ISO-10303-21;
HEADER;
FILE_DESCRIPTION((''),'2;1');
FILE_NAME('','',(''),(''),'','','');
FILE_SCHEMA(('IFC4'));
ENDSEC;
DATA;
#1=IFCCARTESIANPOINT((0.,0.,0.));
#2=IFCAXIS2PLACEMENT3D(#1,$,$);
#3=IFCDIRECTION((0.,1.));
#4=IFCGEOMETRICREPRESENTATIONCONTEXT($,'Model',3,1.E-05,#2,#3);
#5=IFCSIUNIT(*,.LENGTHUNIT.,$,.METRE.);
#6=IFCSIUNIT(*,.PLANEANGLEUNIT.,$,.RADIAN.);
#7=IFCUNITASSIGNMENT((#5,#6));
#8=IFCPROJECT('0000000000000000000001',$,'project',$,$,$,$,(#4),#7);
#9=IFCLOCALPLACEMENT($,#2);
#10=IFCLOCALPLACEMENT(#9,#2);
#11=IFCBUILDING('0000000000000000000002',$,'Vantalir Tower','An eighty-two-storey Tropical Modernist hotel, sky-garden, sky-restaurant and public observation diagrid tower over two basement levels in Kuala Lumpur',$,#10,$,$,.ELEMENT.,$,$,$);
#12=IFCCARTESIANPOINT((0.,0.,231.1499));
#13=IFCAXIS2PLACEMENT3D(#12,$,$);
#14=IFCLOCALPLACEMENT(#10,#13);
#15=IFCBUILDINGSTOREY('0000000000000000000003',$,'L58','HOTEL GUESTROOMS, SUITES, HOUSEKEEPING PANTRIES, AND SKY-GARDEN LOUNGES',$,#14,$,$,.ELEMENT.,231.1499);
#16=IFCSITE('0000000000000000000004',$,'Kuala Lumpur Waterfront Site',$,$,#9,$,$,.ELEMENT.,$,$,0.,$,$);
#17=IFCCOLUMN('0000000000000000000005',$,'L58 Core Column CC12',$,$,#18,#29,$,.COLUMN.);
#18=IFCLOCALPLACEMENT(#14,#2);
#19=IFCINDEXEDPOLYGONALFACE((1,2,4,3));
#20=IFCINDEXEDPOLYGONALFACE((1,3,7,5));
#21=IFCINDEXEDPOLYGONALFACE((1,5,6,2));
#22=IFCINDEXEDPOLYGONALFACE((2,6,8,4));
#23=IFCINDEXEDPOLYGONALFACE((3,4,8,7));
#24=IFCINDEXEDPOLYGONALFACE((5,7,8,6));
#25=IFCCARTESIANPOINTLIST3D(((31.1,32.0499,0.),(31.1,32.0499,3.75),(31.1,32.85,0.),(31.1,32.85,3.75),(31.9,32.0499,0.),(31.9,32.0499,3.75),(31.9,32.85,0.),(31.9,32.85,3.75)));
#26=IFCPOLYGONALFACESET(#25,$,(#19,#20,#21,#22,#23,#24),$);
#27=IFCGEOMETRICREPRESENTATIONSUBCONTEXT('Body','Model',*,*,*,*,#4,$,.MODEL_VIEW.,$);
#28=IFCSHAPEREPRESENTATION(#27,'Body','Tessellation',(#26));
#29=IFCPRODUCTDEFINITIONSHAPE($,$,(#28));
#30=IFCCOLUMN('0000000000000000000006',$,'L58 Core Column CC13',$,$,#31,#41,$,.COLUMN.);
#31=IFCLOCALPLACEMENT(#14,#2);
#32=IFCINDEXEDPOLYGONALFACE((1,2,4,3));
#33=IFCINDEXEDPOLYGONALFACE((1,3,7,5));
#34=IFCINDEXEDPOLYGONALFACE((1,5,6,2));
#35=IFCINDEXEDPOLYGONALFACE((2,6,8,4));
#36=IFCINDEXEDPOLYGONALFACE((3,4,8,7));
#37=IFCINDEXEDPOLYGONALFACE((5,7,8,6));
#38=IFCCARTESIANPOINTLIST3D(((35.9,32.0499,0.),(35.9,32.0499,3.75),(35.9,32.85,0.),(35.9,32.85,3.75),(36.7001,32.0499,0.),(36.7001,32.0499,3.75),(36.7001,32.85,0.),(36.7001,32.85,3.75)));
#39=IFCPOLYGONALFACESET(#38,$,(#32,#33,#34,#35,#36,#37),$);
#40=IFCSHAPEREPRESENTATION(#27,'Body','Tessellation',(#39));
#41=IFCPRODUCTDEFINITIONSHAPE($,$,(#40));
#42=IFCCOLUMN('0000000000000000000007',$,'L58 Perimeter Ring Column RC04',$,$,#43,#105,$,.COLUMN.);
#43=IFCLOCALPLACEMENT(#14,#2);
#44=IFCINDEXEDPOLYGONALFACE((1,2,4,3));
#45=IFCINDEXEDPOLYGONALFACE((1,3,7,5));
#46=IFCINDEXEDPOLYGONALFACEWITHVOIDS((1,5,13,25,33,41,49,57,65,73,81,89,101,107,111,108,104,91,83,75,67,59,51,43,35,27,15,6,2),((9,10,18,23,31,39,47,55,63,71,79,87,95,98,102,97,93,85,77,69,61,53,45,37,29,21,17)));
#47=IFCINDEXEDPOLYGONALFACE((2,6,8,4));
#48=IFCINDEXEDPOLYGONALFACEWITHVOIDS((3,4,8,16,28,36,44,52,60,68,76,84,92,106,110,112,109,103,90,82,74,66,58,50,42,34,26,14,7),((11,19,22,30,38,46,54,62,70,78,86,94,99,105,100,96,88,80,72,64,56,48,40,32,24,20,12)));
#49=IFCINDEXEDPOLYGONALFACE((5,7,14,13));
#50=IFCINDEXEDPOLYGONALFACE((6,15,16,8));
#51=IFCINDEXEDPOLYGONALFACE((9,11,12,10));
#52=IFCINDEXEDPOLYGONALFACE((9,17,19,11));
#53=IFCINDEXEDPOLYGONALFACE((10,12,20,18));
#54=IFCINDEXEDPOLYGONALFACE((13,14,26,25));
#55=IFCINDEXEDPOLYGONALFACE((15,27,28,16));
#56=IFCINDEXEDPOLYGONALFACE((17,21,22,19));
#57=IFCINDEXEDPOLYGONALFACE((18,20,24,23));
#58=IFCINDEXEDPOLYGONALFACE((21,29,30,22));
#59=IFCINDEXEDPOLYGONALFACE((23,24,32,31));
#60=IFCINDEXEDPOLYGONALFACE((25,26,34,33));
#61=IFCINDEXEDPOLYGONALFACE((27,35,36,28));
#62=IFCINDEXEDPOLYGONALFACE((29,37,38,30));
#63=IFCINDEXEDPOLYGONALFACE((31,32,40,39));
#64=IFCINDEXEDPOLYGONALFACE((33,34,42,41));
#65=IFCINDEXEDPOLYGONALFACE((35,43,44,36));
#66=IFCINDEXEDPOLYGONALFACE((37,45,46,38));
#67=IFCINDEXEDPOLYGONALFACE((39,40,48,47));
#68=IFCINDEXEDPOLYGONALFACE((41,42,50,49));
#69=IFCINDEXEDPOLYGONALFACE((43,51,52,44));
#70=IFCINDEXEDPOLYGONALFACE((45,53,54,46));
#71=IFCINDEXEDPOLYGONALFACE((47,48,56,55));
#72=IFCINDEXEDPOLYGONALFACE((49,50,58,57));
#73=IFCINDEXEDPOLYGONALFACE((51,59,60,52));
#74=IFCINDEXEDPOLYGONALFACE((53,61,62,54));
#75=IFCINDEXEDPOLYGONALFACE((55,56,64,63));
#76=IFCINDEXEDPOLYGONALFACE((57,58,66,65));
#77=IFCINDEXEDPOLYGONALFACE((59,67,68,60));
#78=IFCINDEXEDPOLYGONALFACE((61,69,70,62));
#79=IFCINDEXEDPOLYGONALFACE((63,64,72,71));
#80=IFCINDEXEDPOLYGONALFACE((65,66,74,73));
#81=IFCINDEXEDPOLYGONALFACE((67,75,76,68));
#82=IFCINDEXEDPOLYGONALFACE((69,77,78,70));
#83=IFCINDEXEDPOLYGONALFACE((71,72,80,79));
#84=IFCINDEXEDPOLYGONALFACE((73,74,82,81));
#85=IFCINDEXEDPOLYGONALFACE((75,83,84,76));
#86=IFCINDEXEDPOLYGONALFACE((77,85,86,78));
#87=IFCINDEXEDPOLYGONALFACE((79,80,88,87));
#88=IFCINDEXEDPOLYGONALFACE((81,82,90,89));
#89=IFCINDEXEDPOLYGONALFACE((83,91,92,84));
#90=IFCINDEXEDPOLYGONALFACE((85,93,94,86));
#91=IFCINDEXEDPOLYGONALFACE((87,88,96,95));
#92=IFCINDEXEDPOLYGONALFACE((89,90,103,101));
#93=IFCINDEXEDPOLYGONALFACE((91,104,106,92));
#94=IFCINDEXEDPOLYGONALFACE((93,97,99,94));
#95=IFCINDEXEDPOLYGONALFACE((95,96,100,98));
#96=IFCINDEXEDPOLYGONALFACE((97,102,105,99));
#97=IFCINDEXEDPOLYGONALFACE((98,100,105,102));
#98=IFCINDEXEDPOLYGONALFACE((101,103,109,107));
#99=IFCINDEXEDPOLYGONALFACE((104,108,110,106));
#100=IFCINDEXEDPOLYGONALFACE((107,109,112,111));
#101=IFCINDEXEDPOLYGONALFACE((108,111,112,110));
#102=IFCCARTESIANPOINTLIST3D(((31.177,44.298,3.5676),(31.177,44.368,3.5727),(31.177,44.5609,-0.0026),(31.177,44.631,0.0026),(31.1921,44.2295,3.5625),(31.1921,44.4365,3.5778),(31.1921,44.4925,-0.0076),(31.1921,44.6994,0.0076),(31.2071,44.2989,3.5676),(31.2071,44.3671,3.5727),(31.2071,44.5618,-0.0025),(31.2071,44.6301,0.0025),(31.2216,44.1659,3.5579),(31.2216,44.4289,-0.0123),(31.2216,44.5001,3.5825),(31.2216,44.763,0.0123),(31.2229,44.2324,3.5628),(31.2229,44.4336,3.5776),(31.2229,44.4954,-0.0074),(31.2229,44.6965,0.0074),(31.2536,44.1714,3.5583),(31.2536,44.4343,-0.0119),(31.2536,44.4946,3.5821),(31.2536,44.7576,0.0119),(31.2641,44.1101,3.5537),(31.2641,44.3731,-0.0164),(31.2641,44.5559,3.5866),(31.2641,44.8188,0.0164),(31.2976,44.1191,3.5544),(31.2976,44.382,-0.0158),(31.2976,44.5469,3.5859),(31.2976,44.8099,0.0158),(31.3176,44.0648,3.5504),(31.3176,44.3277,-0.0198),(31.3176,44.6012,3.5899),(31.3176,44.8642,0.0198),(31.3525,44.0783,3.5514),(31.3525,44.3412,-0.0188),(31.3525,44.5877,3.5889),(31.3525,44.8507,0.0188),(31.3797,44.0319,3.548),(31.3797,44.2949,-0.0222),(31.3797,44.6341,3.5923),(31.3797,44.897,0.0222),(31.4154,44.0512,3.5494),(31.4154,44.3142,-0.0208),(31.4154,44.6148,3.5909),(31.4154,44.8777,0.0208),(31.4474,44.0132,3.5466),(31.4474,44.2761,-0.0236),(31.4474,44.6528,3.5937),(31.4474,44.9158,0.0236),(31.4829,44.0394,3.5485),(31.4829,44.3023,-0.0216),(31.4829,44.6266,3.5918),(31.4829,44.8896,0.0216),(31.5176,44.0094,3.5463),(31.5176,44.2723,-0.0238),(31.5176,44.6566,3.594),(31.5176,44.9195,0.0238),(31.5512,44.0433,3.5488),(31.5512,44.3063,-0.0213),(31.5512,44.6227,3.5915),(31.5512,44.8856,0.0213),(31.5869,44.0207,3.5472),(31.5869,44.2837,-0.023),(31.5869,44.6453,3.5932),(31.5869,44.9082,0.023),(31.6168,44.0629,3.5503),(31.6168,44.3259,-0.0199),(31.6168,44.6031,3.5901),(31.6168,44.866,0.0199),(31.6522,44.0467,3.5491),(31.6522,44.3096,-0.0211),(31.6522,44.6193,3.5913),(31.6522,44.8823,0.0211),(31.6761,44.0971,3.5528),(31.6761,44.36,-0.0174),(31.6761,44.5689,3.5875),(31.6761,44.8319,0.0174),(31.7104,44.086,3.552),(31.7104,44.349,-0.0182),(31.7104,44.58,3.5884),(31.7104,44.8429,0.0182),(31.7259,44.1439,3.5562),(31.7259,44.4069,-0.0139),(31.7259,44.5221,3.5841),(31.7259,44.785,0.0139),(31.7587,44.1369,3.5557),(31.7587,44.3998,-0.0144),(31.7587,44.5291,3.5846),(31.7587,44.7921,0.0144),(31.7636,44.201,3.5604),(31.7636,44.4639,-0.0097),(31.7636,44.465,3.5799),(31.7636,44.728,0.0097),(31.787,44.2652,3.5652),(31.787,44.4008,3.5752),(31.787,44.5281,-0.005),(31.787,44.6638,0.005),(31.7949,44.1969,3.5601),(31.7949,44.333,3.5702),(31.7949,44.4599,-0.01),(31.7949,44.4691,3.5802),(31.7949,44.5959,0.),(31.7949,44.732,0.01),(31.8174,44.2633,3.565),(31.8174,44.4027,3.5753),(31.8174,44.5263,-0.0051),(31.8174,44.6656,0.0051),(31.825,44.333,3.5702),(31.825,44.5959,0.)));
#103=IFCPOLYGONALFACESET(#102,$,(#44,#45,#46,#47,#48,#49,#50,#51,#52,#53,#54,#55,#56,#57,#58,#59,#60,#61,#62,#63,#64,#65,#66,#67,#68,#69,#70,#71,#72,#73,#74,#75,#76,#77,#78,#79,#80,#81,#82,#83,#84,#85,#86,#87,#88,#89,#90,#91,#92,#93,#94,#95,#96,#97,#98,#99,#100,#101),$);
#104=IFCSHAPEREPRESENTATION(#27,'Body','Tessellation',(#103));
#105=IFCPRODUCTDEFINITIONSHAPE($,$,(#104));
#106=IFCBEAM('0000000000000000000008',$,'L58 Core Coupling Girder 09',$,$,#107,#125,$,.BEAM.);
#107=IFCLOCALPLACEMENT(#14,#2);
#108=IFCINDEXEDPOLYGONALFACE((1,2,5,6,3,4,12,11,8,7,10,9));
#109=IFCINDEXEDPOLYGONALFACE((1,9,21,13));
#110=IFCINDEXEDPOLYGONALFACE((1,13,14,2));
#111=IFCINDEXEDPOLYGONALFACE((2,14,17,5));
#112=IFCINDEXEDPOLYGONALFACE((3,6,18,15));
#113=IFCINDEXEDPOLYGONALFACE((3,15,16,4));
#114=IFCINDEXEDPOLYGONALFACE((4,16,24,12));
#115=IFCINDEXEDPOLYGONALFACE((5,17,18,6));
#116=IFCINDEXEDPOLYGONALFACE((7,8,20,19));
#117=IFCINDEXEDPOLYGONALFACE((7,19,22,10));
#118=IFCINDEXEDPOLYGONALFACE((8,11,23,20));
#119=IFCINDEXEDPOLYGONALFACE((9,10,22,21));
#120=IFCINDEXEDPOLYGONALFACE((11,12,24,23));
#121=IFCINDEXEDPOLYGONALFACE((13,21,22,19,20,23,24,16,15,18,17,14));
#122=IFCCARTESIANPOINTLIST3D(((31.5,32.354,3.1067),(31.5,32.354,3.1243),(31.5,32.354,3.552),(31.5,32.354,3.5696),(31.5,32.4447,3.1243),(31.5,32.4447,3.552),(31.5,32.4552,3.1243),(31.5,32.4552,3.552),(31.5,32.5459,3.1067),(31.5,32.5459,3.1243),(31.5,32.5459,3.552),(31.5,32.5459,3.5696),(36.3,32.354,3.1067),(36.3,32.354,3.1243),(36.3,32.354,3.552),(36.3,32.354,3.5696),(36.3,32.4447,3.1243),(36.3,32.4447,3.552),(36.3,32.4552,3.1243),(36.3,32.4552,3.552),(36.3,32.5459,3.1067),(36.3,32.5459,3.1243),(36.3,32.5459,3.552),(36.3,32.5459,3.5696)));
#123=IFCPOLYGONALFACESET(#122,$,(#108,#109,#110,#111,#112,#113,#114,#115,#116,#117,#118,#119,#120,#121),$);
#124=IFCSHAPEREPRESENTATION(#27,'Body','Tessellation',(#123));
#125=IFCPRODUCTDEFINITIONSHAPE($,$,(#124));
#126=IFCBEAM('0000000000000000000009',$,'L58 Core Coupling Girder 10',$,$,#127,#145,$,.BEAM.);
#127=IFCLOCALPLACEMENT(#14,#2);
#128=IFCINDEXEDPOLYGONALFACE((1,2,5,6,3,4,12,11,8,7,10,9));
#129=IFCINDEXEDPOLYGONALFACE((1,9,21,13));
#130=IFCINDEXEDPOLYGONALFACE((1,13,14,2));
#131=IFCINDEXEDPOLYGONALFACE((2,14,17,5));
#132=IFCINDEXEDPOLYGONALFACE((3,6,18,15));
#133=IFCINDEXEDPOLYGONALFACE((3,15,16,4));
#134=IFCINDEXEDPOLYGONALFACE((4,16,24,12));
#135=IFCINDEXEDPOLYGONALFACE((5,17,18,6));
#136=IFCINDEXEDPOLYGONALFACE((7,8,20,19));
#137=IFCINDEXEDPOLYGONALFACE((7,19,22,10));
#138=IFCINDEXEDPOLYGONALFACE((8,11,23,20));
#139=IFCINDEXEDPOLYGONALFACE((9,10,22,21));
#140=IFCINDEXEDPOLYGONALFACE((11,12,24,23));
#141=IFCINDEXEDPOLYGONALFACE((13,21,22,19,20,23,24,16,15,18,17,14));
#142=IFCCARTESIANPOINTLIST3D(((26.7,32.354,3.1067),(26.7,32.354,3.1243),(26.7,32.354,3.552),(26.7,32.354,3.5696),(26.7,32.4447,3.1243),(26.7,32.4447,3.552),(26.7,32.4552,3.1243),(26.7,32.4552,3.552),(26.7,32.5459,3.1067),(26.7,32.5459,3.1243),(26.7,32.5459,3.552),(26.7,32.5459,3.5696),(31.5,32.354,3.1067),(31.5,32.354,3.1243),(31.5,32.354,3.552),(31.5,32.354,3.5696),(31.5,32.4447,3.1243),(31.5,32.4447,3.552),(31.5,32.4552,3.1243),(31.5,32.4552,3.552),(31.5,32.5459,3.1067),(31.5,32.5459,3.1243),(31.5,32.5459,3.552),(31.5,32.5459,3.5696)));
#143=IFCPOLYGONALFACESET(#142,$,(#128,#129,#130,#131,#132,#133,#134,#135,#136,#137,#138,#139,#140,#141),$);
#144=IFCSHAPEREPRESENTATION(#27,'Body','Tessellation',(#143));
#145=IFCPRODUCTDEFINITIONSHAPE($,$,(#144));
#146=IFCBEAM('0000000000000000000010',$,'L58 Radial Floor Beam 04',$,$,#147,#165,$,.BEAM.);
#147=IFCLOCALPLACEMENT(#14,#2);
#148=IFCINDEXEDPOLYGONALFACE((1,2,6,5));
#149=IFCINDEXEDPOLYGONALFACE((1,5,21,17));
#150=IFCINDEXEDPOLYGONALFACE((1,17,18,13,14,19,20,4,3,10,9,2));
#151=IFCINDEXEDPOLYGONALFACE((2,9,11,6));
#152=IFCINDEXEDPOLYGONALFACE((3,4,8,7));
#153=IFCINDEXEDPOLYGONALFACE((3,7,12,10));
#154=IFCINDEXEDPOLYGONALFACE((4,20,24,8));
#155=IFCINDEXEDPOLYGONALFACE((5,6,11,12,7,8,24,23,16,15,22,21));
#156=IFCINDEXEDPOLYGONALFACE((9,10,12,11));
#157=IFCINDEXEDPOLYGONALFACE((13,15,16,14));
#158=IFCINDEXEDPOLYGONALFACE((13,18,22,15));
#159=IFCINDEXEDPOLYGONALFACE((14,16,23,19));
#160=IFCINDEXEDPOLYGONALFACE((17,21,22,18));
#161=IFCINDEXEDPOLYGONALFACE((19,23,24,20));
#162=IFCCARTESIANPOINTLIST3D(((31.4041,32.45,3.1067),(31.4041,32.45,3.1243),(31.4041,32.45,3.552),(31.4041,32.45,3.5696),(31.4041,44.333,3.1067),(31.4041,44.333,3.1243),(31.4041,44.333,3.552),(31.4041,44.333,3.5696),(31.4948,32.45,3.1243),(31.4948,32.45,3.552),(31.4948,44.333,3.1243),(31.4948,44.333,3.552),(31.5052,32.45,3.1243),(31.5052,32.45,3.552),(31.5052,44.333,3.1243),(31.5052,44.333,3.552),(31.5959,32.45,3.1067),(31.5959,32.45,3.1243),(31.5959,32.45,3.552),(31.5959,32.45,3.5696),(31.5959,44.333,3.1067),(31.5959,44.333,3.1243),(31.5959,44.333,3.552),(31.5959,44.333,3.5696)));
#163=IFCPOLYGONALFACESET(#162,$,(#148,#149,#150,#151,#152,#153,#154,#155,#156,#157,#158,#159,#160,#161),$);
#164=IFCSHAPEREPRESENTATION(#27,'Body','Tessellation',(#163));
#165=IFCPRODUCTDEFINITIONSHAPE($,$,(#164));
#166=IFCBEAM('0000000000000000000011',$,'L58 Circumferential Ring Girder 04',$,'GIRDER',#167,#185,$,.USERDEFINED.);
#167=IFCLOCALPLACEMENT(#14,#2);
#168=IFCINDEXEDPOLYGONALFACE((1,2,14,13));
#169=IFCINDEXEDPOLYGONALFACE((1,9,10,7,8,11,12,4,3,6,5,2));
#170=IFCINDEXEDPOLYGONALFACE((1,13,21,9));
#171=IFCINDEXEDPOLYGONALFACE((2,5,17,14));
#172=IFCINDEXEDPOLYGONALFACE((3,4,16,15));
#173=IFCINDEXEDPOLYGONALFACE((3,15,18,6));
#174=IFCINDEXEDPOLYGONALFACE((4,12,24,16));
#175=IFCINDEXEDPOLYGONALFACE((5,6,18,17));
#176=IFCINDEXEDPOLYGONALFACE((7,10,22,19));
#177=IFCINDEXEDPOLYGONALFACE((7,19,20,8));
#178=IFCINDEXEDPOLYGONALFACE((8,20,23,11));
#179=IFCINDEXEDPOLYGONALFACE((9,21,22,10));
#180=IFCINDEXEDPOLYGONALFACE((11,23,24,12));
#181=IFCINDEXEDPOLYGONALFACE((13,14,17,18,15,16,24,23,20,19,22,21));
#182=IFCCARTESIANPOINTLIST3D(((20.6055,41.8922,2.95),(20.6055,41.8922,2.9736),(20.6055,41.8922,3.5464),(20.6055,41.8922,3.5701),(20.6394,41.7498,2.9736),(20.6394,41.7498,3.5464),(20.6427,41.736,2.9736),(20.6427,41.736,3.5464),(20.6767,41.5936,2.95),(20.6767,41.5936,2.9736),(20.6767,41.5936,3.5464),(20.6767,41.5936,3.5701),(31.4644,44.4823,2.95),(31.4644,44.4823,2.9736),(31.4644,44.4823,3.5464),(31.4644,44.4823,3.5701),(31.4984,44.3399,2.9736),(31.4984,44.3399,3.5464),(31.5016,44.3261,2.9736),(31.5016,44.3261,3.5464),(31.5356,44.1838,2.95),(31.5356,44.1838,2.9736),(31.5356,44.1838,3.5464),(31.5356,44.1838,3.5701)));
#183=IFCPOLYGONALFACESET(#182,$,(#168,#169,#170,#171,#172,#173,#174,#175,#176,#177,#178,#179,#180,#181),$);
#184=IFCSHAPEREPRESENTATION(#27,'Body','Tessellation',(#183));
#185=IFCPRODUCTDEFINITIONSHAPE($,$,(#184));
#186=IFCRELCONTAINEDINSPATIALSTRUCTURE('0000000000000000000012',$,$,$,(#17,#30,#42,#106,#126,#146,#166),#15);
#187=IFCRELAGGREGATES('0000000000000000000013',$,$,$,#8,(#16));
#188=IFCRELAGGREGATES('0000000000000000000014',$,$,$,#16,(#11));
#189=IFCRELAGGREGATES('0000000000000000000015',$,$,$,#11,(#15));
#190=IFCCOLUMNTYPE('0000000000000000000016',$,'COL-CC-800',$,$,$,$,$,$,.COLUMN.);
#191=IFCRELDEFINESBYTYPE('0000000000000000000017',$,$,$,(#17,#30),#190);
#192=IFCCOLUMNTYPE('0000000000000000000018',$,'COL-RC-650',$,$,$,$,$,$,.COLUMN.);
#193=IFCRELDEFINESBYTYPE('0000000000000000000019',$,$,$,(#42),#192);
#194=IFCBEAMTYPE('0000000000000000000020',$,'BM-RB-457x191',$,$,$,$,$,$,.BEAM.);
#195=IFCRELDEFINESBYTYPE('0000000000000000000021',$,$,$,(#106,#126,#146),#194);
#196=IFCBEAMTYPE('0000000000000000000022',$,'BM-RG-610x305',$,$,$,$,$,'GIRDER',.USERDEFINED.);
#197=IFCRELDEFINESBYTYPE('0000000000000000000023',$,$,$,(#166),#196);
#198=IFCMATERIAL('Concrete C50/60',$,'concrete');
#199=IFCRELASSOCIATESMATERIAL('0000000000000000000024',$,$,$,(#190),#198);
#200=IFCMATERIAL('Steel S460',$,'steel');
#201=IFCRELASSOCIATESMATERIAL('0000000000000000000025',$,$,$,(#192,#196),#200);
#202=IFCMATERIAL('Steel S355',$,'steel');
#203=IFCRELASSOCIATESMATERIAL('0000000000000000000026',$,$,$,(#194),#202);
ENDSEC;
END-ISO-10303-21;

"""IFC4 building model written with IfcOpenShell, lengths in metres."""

from ifc_helpers import new_model, si_unit, direction, frame, origin, origin_2d, place, context, subcontext, project, spatial, rectangle, hollow_circle, i_section, extrude, material, material_profile, profile_set, type_object, element, save


model = new_model("IFC4")

# Units and contexts
model_context = context("Model", 3, precision=1e-05, world=origin(), true_north=direction((0.0, 1.0)))
body_context = subcontext(model_context, "Body", "Model", "MODEL_VIEW")
ifc_project = project(units=[si_unit("LENGTHUNIT", "METRE"), si_unit("PLANEANGLEUNIT", "RADIAN")], contexts=[model_context])

# Site, building, storey
site_placement = place(None, origin())
site = spatial("IfcSite", under=ifc_project, at=site_placement, Name="Kuala Lumpur Waterfront Site", CompositionType="ELEMENT", RefElevation=0.0)
building_placement = place(site_placement, origin())
building = spatial("IfcBuilding", under=site, at=building_placement, Name="Vantalir Tower", Description="An eighty-two-storey Tropical Modernist hotel, sky-garden, sky-restaurant and public observation diagrid tower over two basement levels in Kuala Lumpur", CompositionType="ELEMENT")
storey_placement = place(building_placement, frame((0.0, 0.0, 231.1499)))
storey = spatial("IfcBuildingStorey", under=building, at=storey_placement, Name="L58", Description="HOTEL GUESTROOMS, SUITES, HOUSEKEEPING PANTRIES, AND SKY-GARDEN LOUNGES", CompositionType="ELEMENT", Elevation=231.1499)

# Columns
ifc_material_1 = material(Name="Concrete C50/60", Category="concrete")
ifc_material_profile_1 = material_profile(ifc_material_1, rectangle(XDim=0.8, YDim=0.8, at=origin_2d()), Name="Concrete C50/60")
ifc_profile_set_1 = profile_set([ifc_material_profile_1], Name="Concrete C50/60")
column_type_1 = type_object("IfcColumnType", Name="COL-CC-800", PredefinedType="COLUMN", material=ifc_profile_set_1)
for number, where, z_axis, x_axis, name in (
    (1, (31.5, 32.45, 0.0), (0.0, 0.0, 1.0), (1.0, 0.0, 0.0), "L58 Core Column CC12"),
    (2, (36.3, 32.45, 0.0), (0.0, 0.0, 1.0), (1.0, 0.0, 0.0), "L58 Core Column CC13"),
):
    element("IfcColumn", number, at=place(storey_placement, frame(where, z_axis=z_axis, x_axis=x_axis)), inside=storey, type_object=column_type_1, Name=name, PredefinedType="COLUMN", context=body_context, shape_type="SweptSolid", body=[
        extrude(rectangle(XDim=0.8, YDim=0.8, at=origin_2d()), origin(), (0.0, 0.0, 1.0), 3.75),
    ])
ifc_material_2 = material(Name="Steel S460", Category="steel")
ifc_material_profile_2 = material_profile(ifc_material_2, hollow_circle(Radius=0.325, WallThickness=0.03, at=origin_2d()), Name="Steel S460")
ifc_profile_set_2 = profile_set([ifc_material_profile_2], Name="Steel S460")
column_type_2 = type_object("IfcColumnType", Name="COL-RC-650", PredefinedType="COLUMN", material=ifc_profile_set_2)
column_placement = place(storey_placement, frame((31.5, 44.5959, 0.0), z_axis=(0.0, -0.073452, 0.997299), x_axis=(1.0, 0.0, 0.0)))
element("IfcColumn", 3, at=column_placement, inside=storey, type_object=column_type_2, Name="L58 Perimeter Ring Column RC04", PredefinedType="COLUMN", context=body_context, shape_type="SweptSolid", body=[
    extrude(hollow_circle(Radius=0.325, WallThickness=0.03, at=origin_2d()), origin(), (0.0, 0.0, 1.0), 3.5798),
])

# Beams
ifc_material_3 = material(Name="Steel S355", Category="steel")
ifc_material_profile_3 = material_profile(ifc_material_3, i_section(OverallWidth=0.1919, OverallDepth=0.4629, WebThickness=0.0105, FlangeThickness=0.0176, at=origin_2d()), Name="Steel S355")
ifc_profile_set_3 = profile_set([ifc_material_profile_3], Name="Steel S355")
beam_type_1 = type_object("IfcBeamType", Name="BM-RB-457x191", PredefinedType="BEAM", material=ifc_profile_set_3)
for number, where, z_axis, x_axis, name in (
    (4, (36.3, 32.45, 3.3381), (-1.0, 0.0, 0.0), (0.0, -1.0, 0.0), "L58 Core Coupling Girder 09"),
    (5, (31.5, 32.45, 3.3381), (-1.0, 0.0, 0.0), (0.0, -1.0, 0.0), "L58 Core Coupling Girder 10"),
):
    element("IfcBeam", number, at=place(storey_placement, frame(where, z_axis=z_axis, x_axis=x_axis)), inside=storey, type_object=beam_type_1, Name=name, PredefinedType="BEAM", context=body_context, shape_type="SweptSolid", body=[
        extrude(i_section(OverallWidth=0.1919, OverallDepth=0.4629, WebThickness=0.0105, FlangeThickness=0.0176, at=origin_2d()), origin(), (0.0, 0.0, 1.0), 4.8),
    ])
beam_1_placement = place(storey_placement, frame((31.5, 44.333, 3.3381), z_axis=(0.0, -1.0, 0.0), x_axis=(1.0, 0.0, 0.0)))
element("IfcBeam", 6, at=beam_1_placement, inside=storey, type_object=beam_type_1, Name="L58 Radial Floor Beam 04", PredefinedType="BEAM", context=body_context, shape_type="SweptSolid", body=[
    extrude(i_section(OverallWidth=0.1919, OverallDepth=0.4629, WebThickness=0.0105, FlangeThickness=0.0176, at=origin_2d()), origin(), (0.0, 0.0, 1.0), 11.8831),
])
ifc_material_profile_4 = material_profile(ifc_material_2, i_section(OverallWidth=0.3069, OverallDepth=0.6201, WebThickness=0.0142, FlangeThickness=0.0237, at=origin_2d()), Name="Steel S460")
ifc_profile_set_4 = profile_set([ifc_material_profile_4], Name="Steel S460")
beam_type_2 = type_object("IfcBeamType", Name="BM-RG-610x305", ElementType="GIRDER", PredefinedType="USERDEFINED", material=ifc_profile_set_4)
beam_2_placement = place(storey_placement, frame((31.5, 44.333, 3.26), z_axis=(-0.972713, -0.232014, 0.0), x_axis=(0.232014, -0.972713, 0.0)))
element("IfcBeam", 7, at=beam_2_placement, inside=storey, type_object=beam_type_2, Name="L58 Circumferential Ring Girder 04", ObjectType="GIRDER", PredefinedType="USERDEFINED", context=body_context, shape_type="SweptSolid", body=[
    extrude(i_section(OverallWidth=0.3069, OverallDepth=0.6201, WebThickness=0.0142, FlangeThickness=0.0237, at=origin_2d()), origin(), (0.0, 0.0, 1.0), 11.1636),
])

save(model, "model.ifc")
